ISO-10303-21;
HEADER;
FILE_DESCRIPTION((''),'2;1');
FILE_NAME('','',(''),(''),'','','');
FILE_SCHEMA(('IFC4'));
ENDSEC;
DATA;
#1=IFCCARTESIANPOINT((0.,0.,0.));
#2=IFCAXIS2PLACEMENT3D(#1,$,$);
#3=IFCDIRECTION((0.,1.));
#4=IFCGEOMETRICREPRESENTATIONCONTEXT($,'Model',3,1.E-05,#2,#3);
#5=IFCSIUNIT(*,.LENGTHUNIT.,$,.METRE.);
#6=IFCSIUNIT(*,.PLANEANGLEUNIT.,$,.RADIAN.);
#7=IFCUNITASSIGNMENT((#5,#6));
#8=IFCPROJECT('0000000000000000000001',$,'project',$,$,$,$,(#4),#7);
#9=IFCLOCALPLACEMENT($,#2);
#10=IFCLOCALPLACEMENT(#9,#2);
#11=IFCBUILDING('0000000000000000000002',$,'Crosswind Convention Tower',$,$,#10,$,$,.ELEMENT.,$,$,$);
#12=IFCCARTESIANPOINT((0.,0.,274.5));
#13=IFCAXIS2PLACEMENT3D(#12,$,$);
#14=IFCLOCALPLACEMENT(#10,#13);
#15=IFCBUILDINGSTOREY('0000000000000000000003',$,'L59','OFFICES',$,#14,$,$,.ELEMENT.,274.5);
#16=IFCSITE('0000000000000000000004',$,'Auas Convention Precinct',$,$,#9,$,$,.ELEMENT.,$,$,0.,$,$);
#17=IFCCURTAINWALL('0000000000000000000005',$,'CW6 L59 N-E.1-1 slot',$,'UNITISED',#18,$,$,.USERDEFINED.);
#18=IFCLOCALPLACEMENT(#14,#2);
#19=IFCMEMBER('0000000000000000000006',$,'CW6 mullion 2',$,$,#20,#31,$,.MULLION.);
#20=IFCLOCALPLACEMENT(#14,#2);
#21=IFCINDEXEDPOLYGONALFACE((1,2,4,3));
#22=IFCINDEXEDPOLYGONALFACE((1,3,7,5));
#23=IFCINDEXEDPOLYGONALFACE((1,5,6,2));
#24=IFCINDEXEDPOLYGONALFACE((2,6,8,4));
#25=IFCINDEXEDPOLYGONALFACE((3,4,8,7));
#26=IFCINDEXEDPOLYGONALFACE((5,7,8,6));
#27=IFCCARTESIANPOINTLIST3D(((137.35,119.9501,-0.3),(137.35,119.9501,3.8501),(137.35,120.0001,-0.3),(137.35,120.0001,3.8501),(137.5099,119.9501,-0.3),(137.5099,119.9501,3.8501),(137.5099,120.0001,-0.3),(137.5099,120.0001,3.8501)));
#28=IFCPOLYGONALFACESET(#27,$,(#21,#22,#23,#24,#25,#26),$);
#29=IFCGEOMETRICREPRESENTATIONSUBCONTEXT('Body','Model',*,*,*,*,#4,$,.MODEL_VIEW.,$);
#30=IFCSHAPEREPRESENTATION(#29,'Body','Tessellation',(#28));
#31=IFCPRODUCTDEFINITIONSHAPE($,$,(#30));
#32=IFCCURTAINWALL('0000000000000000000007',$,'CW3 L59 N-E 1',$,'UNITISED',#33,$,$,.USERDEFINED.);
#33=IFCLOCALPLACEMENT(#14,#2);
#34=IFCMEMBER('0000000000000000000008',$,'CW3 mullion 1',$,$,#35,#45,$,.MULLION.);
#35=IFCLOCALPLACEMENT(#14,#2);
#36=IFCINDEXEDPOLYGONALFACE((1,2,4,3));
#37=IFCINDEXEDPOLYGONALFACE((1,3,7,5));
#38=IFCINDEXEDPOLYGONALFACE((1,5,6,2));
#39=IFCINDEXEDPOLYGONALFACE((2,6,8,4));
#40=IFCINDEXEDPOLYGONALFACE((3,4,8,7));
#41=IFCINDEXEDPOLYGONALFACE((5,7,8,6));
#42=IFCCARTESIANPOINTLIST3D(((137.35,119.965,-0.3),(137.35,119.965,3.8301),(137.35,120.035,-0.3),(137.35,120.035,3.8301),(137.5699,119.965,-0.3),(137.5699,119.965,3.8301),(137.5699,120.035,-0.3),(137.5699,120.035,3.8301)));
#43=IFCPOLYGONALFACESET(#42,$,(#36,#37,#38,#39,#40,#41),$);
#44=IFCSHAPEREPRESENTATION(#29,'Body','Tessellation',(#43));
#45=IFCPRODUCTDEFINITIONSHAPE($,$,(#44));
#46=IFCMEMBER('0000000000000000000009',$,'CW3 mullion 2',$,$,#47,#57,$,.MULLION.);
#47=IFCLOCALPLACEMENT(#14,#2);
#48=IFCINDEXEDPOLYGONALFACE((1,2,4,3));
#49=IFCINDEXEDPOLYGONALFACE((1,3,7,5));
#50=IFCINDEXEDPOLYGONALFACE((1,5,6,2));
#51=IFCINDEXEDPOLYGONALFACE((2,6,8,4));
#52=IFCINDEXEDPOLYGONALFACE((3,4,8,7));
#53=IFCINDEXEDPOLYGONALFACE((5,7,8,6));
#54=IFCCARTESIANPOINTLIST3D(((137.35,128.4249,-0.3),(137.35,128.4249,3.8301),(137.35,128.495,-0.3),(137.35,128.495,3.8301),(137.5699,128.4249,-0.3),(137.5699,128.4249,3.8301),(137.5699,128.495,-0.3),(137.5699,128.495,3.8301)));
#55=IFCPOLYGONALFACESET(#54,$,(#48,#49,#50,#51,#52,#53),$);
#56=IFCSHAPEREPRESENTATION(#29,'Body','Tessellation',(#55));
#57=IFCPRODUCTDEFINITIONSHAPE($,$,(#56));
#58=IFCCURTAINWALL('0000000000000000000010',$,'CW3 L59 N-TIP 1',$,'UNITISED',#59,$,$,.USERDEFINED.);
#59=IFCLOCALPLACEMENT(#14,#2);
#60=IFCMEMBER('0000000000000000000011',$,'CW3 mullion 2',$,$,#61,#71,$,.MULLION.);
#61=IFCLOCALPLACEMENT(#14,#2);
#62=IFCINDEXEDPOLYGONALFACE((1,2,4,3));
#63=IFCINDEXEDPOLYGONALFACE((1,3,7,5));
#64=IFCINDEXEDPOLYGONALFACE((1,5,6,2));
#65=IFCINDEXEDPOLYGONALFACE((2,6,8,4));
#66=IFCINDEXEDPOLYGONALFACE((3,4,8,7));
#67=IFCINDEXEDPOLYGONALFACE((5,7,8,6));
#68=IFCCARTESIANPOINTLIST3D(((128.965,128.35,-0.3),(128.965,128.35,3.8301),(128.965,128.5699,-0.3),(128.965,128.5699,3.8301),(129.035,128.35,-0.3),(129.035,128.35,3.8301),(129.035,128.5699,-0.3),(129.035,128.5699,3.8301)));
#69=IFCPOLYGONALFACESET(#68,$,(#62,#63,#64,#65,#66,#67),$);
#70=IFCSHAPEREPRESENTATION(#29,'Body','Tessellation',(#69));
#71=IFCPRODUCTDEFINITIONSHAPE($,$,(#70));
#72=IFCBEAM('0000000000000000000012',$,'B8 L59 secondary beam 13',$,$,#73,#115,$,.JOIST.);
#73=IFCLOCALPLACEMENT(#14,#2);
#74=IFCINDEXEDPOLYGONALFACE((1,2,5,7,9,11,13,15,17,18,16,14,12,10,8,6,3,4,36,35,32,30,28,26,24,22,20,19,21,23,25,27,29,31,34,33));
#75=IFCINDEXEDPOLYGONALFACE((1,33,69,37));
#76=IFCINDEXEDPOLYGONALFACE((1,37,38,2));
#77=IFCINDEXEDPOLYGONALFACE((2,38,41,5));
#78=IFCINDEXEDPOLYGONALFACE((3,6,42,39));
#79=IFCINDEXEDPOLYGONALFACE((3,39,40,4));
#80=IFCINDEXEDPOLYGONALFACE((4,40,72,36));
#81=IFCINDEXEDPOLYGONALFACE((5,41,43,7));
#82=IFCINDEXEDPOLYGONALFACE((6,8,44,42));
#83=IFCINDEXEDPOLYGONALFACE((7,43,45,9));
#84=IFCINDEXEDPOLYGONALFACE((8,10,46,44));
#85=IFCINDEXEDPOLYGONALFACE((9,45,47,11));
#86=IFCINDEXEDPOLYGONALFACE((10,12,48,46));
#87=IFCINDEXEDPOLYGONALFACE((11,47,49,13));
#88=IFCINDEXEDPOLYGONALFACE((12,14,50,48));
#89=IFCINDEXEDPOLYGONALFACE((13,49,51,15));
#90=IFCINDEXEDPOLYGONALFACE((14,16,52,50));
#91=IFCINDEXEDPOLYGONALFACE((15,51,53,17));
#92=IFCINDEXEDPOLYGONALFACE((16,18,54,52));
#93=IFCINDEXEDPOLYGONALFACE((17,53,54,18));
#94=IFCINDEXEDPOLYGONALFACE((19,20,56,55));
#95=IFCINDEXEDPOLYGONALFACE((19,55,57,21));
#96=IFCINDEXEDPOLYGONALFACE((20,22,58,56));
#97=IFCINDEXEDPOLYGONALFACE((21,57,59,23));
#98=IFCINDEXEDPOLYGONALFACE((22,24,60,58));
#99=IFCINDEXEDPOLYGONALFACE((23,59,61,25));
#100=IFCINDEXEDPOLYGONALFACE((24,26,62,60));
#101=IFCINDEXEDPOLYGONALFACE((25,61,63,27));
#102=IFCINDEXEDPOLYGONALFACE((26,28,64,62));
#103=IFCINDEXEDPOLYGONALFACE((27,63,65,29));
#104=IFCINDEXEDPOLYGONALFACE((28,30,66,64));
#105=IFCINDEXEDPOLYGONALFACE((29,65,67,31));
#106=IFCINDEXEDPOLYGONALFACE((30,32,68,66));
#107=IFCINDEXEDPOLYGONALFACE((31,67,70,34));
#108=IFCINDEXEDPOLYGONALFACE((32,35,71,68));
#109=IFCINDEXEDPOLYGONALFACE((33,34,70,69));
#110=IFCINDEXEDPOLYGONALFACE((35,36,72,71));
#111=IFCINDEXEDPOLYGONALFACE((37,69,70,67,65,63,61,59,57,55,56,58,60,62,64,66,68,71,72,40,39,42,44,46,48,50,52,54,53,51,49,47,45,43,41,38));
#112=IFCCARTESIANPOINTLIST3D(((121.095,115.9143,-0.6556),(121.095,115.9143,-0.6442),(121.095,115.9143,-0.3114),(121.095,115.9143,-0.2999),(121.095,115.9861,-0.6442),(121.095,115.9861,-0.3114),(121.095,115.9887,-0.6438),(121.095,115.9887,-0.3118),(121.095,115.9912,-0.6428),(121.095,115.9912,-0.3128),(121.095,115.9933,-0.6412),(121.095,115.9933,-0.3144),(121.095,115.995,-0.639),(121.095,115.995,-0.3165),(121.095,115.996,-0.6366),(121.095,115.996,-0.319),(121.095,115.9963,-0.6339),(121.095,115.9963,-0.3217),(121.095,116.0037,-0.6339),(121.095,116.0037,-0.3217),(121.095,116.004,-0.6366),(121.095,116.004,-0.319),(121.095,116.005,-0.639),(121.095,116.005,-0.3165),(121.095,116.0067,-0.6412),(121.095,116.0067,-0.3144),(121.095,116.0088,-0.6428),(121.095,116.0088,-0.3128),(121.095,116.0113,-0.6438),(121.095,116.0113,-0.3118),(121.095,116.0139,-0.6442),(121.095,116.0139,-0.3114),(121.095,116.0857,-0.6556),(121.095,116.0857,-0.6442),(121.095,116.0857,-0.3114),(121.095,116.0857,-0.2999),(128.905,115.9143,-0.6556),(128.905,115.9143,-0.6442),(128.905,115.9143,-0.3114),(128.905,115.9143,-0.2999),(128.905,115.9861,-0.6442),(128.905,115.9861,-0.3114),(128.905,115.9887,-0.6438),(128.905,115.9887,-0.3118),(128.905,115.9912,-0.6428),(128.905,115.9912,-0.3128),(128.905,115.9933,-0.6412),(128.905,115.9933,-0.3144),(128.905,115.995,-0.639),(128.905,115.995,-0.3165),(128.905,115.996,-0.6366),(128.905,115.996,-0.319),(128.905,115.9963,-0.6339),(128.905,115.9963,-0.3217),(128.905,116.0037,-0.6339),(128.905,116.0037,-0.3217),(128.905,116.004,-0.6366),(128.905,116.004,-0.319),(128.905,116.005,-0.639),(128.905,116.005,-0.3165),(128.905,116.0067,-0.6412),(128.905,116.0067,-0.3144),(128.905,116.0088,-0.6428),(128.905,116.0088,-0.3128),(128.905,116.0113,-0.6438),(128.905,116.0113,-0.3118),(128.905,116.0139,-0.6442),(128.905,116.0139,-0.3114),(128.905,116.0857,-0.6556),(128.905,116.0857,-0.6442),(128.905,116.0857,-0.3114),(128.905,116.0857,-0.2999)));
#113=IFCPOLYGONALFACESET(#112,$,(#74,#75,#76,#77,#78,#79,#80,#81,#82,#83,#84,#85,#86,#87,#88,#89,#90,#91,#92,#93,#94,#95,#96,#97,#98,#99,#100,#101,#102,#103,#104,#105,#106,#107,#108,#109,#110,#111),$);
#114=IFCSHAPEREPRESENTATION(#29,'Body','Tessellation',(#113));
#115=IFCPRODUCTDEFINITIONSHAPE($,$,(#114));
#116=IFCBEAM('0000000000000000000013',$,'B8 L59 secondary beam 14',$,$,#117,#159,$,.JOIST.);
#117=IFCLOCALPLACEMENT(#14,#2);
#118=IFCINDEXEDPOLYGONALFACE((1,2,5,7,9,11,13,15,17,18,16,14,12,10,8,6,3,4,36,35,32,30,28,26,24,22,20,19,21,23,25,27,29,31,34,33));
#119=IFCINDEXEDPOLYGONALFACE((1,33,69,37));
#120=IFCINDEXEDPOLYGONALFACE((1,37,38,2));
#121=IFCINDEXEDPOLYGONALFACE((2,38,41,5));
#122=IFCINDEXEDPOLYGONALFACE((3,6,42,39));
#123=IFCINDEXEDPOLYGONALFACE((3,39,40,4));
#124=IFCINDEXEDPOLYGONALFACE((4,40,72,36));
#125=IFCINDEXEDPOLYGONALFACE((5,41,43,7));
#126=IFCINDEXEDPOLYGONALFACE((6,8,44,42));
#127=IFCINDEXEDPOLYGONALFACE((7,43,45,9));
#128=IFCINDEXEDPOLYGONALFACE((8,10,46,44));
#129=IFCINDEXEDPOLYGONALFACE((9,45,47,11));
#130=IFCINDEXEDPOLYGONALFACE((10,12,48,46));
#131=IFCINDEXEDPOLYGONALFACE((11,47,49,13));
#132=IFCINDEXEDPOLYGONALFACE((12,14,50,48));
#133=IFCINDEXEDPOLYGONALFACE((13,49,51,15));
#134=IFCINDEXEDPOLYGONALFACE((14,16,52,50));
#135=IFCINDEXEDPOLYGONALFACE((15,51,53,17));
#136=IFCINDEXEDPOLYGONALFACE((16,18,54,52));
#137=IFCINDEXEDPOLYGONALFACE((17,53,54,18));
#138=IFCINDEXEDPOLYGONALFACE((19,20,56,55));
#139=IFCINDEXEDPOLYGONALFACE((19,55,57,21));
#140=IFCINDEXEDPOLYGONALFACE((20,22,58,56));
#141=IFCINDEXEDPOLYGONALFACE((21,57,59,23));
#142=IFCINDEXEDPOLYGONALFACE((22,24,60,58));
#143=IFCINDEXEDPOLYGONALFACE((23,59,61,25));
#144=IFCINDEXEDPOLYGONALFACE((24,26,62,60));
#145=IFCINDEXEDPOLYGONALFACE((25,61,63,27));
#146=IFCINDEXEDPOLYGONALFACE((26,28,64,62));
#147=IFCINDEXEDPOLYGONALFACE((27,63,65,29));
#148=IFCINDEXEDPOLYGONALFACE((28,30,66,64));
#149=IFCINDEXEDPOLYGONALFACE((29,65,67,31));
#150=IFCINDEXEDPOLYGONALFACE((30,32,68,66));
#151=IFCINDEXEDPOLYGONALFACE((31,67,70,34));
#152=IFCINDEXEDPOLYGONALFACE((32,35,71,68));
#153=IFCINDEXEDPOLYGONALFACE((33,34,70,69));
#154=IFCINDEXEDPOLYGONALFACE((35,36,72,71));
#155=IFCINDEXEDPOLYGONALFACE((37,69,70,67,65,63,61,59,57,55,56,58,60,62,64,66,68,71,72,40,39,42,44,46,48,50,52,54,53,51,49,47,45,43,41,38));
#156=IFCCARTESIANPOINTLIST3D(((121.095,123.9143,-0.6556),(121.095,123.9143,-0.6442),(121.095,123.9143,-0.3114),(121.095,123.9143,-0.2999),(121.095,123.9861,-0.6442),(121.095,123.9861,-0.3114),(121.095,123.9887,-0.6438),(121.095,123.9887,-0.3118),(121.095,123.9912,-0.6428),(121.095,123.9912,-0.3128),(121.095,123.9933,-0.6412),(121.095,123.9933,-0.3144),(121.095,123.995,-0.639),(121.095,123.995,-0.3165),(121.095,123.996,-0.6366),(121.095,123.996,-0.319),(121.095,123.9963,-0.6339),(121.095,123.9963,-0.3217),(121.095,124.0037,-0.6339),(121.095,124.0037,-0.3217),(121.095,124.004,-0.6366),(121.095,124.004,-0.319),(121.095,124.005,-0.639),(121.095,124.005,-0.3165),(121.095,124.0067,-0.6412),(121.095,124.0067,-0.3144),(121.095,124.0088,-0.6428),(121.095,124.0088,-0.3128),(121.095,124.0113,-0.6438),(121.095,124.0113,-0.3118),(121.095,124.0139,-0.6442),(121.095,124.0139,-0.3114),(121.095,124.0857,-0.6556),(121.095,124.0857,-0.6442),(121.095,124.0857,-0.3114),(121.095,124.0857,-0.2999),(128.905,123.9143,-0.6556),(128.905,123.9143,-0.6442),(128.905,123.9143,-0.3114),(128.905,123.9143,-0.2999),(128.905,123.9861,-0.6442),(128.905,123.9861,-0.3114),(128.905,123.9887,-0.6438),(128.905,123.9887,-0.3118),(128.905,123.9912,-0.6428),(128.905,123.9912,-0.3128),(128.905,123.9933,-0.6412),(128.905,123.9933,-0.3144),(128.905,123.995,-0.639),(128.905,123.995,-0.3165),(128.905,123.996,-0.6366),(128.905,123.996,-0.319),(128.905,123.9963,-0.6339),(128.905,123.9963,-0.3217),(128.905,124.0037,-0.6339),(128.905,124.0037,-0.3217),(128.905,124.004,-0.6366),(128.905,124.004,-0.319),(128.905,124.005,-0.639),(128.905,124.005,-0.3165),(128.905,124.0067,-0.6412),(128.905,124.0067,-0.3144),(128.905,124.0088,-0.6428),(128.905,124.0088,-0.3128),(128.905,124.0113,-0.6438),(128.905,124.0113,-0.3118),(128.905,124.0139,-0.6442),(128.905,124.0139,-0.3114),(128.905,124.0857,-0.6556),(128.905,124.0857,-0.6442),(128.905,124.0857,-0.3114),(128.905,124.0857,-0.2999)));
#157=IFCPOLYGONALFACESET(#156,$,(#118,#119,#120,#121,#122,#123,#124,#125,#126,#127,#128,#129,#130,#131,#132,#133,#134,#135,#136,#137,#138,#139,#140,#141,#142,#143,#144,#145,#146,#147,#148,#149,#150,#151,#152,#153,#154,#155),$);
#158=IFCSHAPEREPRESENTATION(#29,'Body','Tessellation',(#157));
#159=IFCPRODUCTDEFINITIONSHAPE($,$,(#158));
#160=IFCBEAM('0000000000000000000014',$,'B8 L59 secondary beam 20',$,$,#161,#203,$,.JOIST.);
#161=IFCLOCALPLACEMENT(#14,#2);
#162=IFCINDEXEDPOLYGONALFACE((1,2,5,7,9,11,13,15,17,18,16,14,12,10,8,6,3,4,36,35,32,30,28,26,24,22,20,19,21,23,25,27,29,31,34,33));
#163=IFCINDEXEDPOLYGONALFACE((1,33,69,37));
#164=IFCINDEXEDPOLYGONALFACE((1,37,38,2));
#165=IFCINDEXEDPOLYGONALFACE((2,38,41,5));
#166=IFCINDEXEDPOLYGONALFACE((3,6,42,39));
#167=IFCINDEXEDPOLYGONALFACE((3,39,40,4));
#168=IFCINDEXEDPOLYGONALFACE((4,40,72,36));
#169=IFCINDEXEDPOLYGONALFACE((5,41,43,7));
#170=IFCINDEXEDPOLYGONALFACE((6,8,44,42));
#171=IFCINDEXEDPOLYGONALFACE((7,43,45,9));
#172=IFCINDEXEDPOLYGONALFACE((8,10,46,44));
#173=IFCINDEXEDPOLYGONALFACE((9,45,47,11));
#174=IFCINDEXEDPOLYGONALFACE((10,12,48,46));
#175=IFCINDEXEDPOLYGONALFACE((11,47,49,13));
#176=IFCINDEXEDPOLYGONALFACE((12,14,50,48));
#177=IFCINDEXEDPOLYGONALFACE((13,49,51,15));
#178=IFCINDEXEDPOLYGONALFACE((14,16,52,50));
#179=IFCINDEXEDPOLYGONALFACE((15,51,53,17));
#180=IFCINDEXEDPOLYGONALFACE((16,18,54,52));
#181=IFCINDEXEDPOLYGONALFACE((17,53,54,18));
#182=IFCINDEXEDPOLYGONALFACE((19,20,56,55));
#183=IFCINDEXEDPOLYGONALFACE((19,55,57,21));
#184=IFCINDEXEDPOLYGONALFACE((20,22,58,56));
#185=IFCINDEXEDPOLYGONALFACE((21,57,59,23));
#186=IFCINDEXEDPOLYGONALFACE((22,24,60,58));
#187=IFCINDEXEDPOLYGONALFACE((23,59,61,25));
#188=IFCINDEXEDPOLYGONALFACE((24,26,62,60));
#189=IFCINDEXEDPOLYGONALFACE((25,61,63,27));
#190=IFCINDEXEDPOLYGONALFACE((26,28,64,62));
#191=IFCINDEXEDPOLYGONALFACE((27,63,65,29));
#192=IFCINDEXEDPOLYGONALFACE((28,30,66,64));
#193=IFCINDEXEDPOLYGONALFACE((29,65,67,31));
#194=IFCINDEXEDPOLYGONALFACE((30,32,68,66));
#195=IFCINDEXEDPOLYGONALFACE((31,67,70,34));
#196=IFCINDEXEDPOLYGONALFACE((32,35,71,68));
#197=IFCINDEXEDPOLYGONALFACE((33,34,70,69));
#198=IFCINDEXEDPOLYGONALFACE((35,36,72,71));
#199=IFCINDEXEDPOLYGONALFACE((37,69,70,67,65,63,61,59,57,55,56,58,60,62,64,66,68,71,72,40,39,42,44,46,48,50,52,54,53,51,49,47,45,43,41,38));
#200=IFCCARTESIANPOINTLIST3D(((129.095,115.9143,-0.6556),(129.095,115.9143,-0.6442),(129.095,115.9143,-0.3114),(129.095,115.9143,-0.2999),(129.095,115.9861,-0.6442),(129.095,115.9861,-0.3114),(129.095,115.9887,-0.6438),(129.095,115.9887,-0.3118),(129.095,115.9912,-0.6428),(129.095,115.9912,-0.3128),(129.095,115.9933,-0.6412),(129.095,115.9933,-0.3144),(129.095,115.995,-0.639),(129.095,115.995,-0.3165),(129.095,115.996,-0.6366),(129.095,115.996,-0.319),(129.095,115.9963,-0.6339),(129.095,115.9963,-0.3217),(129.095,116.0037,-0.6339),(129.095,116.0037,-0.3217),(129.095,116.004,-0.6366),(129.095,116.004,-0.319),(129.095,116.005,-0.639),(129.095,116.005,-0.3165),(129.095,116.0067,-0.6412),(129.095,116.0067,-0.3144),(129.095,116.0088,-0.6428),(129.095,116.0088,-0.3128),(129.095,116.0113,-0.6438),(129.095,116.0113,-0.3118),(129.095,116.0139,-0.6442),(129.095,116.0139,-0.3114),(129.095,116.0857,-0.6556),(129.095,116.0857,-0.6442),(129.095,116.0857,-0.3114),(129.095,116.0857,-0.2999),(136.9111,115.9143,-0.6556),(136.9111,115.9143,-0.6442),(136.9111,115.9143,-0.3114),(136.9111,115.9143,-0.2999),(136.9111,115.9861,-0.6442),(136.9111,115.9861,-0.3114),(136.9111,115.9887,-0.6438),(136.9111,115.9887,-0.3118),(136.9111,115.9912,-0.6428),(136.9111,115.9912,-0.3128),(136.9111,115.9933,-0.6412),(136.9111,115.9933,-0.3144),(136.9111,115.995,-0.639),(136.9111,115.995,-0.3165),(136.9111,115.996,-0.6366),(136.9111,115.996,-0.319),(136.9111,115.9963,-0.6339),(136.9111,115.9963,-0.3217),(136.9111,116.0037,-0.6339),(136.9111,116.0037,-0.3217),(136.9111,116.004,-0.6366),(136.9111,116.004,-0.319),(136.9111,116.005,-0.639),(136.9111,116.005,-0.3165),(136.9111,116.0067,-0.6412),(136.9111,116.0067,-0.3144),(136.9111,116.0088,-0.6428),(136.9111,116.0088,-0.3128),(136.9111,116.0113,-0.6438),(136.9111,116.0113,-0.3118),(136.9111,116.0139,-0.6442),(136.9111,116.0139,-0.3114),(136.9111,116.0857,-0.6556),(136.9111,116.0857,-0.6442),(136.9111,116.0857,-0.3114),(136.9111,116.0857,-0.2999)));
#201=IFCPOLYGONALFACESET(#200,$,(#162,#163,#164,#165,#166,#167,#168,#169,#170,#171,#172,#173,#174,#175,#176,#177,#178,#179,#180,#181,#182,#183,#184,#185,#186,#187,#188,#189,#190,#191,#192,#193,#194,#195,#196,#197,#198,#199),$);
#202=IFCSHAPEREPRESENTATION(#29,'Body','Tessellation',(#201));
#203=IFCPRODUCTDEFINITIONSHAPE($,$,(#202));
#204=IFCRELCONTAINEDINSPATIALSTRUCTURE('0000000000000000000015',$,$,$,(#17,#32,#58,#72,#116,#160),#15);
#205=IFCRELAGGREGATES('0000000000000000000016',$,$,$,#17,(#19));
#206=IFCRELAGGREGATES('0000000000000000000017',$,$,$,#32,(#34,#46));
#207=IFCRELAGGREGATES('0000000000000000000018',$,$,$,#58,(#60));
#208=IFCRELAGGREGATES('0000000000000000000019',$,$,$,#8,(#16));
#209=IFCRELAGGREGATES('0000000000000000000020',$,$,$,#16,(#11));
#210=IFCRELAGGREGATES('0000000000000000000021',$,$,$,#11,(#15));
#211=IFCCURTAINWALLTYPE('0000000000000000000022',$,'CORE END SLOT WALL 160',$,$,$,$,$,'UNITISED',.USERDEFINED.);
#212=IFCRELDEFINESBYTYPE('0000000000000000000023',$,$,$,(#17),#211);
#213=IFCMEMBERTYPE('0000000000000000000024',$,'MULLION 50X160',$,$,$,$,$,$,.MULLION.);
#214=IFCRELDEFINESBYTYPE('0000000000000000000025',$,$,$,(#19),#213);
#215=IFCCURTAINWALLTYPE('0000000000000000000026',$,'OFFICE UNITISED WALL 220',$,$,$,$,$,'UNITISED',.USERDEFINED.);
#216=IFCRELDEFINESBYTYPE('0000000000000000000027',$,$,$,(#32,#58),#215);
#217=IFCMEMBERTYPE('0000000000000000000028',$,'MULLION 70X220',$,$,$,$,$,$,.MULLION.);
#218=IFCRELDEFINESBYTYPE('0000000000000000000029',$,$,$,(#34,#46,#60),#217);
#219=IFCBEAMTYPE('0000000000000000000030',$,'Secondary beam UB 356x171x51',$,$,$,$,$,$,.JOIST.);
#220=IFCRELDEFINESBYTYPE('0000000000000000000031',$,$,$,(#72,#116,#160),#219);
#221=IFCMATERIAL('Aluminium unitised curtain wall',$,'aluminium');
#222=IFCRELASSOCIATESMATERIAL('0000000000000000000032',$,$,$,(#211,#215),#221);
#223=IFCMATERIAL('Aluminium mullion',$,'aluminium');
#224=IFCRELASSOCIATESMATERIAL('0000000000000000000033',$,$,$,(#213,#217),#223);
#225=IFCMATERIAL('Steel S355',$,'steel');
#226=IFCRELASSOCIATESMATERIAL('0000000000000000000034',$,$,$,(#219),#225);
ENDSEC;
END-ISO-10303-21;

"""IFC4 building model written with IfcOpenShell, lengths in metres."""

from ifc_helpers import new_model, si_unit, direction, frame, origin, origin_2d, place, context, subcontext, project, spatial, rectangle, i_section, extrude, material, material_profile, profile_set, type_object, element, aggregate, save


model = new_model("IFC4")

# Units and contexts
model_context = context("Model", 3, precision=1e-05, world=origin(), true_north=direction((0.0, 1.0)))
body_context = subcontext(model_context, "Body", "Model", "MODEL_VIEW")
ifc_project = project(units=[si_unit("LENGTHUNIT", "METRE"), si_unit("PLANEANGLEUNIT", "RADIAN")], contexts=[model_context])

# Site, building, storey
site_placement = place(None, origin())
site = spatial("IfcSite", under=ifc_project, at=site_placement, Name="Auas Convention Precinct", CompositionType="ELEMENT", RefElevation=0.0)
building_placement = place(site_placement, origin())
building = spatial("IfcBuilding", under=site, at=building_placement, Name="Crosswind Convention Tower", CompositionType="ELEMENT")
storey_placement = place(building_placement, frame((0.0, 0.0, 274.5)))
storey = spatial("IfcBuildingStorey", under=building, at=storey_placement, Name="L59", Description="OFFICES", CompositionType="ELEMENT", Elevation=274.5)

# Shared definitions
ifc_material_1 = material(Name="Steel S355", Category="steel")

# Curtain walls, members
ifc_material_2 = material(Name="Aluminium unitised curtain wall", Category="aluminium")
curtain_wall_type_1 = type_object("IfcCurtainWallType", Name="CORE END SLOT WALL 160", ElementType="UNITISED", PredefinedType="USERDEFINED", material=ifc_material_2)
curtain_wall_1_placement = place(storey_placement, origin())
curtain_wall_1 = element("IfcCurtainWall", 1, at=curtain_wall_1_placement, inside=storey, type_object=curtain_wall_type_1, Name="CW6 L59 N-E.1-1 slot", ObjectType="UNITISED", PredefinedType="USERDEFINED")
ifc_material_3 = material(Name="Aluminium mullion", Category="aluminium")
ifc_material_profile_1 = material_profile(ifc_material_3, rectangle(XDim=0.1599, YDim=0.05, at=origin_2d()), Name="AL 160X50")
ifc_profile_set_1 = profile_set([ifc_material_profile_1], Name="Aluminium mullion")
member_type_1 = type_object("IfcMemberType", Name="MULLION 50X160", PredefinedType="MULLION", material=ifc_profile_set_1)
member_1_placement = place(storey_placement, frame((137.4299, 119.9751, -0.3), z_axis=(0.0, 0.0, 1.0), x_axis=(1.0, 0.0, 0.0)))
member_1 = element("IfcMember", 2, at=member_1_placement, type_object=member_type_1, Name="CW6 mullion 2", PredefinedType="MULLION", context=body_context, shape_type="SweptSolid", body=[
    extrude(rectangle(XDim=0.1599, YDim=0.05, at=origin_2d()), origin(), (0.0, 0.0, 1.0), 4.1501),
])
curtain_wall_type_2 = type_object("IfcCurtainWallType", Name="OFFICE UNITISED WALL 220", ElementType="UNITISED", PredefinedType="USERDEFINED", material=ifc_material_2)
curtain_wall_2_placement = place(storey_placement, origin())
curtain_wall_2 = element("IfcCurtainWall", 3, at=curtain_wall_2_placement, inside=storey, type_object=curtain_wall_type_2, Name="CW3 L59 N-E 1", ObjectType="UNITISED", PredefinedType="USERDEFINED")
ifc_material_profile_2 = material_profile(ifc_material_3, rectangle(XDim=0.22, YDim=0.0701, at=origin_2d()), Name="AL 220X70")
ifc_profile_set_2 = profile_set([ifc_material_profile_2], Name="Aluminium mullion")
member_type_2 = type_object("IfcMemberType", Name="MULLION 70X220", PredefinedType="MULLION", material=ifc_profile_set_2)
member_2_placement = place(storey_placement, frame((137.46, 120.0, -0.3), z_axis=(0.0, 0.0, 1.0), x_axis=(1.0, 0.0, 0.0)))
member_2 = element("IfcMember", 4, at=member_2_placement, type_object=member_type_2, Name="CW3 mullion 1", PredefinedType="MULLION", context=body_context, shape_type="SweptSolid", body=[
    extrude(rectangle(XDim=0.22, YDim=0.0701, at=origin_2d()), origin(), (0.0, 0.0, 1.0), 4.1301),
])
member_3_placement = place(storey_placement, frame((137.46, 128.46, -0.3), z_axis=(0.0, 0.0, 1.0), x_axis=(1.0, 0.0, 0.0)))
member_3 = element("IfcMember", 5, at=member_3_placement, type_object=member_type_2, Name="CW3 mullion 2", PredefinedType="MULLION", context=body_context, shape_type="SweptSolid", body=[
    extrude(rectangle(XDim=0.22, YDim=0.0701, at=origin_2d()), origin(), (0.0, 0.0, 1.0), 4.1301),
])

# Curtain wall, member
curtain_wall_3_placement = place(storey_placement, origin())
curtain_wall_3 = element("IfcCurtainWall", 6, at=curtain_wall_3_placement, inside=storey, type_object=curtain_wall_type_2, Name="CW3 L59 N-TIP 1", ObjectType="UNITISED", PredefinedType="USERDEFINED")
member_4_placement = place(storey_placement, frame((129.0, 128.46, -0.3), z_axis=(0.0, 0.0, 1.0), x_axis=(0.0, 1.0, 0.0)))
member_4 = element("IfcMember", 7, at=member_4_placement, type_object=member_type_2, Name="CW3 mullion 2", PredefinedType="MULLION", context=body_context, shape_type="SweptSolid", body=[
    extrude(rectangle(XDim=0.22, YDim=0.0701, at=origin_2d()), origin(), (0.0, 0.0, 1.0), 4.1301),
])

# Beams
ifc_material_profile_3 = material_profile(ifc_material_1, i_section(OverallWidth=0.1714, OverallDepth=0.3557, WebThickness=0.0073, FlangeThickness=0.0115, FilletRadius=0.0103, at=origin_2d()), Name="UB 356x171x51")
ifc_profile_set_3 = profile_set([ifc_material_profile_3], Name="Steel S355")
beam_type_1 = type_object("IfcBeamType", Name="Secondary beam UB 356x171x51", PredefinedType="JOIST", material=ifc_profile_set_3)
for number, where, z_axis, x_axis, name in (
    (8, (121.095, 116.0, -0.4778), (1.0, 0.0, 0.0), (0.0, 1.0, 0.0), "B8 L59 secondary beam 13"),
    (9, (121.095, 124.0, -0.4778), (1.0, 0.0, 0.0), (0.0, 1.0, 0.0), "B8 L59 secondary beam 14"),
):
    element("IfcBeam", number, at=place(storey_placement, frame(where, z_axis=z_axis, x_axis=x_axis)), inside=storey, type_object=beam_type_1, Name=name, PredefinedType="JOIST", context=body_context, shape_type="SweptSolid", body=[
        extrude(i_section(OverallWidth=0.1714, OverallDepth=0.3557, WebThickness=0.0073, FlangeThickness=0.0115, FilletRadius=0.0103, at=origin_2d()), origin(), (0.0, 0.0, 1.0), 7.8101),
    ])
for number, where, z_axis, x_axis, name in (
    (10, (129.095, 116.0, -0.4778), (1.0, 0.0, 0.0), (0.0, 1.0, 0.0), "B8 L59 secondary beam 20"),
):
    element("IfcBeam", number, at=place(storey_placement, frame(where, z_axis=z_axis, x_axis=x_axis)), inside=storey, type_object=beam_type_1, Name=name, PredefinedType="JOIST", context=body_context, shape_type="SweptSolid", body=[
        extrude(i_section(OverallWidth=0.1714, OverallDepth=0.3557, WebThickness=0.0073, FlangeThickness=0.0115, FilletRadius=0.0103, at=origin_2d()), origin(), (0.0, 0.0, 1.0), 7.8162),
    ])

aggregate(curtain_wall_1, [member_1])

aggregate(curtain_wall_2, [member_2, member_3])
aggregate(curtain_wall_3, [member_4])

save(model, "model.ifc")
